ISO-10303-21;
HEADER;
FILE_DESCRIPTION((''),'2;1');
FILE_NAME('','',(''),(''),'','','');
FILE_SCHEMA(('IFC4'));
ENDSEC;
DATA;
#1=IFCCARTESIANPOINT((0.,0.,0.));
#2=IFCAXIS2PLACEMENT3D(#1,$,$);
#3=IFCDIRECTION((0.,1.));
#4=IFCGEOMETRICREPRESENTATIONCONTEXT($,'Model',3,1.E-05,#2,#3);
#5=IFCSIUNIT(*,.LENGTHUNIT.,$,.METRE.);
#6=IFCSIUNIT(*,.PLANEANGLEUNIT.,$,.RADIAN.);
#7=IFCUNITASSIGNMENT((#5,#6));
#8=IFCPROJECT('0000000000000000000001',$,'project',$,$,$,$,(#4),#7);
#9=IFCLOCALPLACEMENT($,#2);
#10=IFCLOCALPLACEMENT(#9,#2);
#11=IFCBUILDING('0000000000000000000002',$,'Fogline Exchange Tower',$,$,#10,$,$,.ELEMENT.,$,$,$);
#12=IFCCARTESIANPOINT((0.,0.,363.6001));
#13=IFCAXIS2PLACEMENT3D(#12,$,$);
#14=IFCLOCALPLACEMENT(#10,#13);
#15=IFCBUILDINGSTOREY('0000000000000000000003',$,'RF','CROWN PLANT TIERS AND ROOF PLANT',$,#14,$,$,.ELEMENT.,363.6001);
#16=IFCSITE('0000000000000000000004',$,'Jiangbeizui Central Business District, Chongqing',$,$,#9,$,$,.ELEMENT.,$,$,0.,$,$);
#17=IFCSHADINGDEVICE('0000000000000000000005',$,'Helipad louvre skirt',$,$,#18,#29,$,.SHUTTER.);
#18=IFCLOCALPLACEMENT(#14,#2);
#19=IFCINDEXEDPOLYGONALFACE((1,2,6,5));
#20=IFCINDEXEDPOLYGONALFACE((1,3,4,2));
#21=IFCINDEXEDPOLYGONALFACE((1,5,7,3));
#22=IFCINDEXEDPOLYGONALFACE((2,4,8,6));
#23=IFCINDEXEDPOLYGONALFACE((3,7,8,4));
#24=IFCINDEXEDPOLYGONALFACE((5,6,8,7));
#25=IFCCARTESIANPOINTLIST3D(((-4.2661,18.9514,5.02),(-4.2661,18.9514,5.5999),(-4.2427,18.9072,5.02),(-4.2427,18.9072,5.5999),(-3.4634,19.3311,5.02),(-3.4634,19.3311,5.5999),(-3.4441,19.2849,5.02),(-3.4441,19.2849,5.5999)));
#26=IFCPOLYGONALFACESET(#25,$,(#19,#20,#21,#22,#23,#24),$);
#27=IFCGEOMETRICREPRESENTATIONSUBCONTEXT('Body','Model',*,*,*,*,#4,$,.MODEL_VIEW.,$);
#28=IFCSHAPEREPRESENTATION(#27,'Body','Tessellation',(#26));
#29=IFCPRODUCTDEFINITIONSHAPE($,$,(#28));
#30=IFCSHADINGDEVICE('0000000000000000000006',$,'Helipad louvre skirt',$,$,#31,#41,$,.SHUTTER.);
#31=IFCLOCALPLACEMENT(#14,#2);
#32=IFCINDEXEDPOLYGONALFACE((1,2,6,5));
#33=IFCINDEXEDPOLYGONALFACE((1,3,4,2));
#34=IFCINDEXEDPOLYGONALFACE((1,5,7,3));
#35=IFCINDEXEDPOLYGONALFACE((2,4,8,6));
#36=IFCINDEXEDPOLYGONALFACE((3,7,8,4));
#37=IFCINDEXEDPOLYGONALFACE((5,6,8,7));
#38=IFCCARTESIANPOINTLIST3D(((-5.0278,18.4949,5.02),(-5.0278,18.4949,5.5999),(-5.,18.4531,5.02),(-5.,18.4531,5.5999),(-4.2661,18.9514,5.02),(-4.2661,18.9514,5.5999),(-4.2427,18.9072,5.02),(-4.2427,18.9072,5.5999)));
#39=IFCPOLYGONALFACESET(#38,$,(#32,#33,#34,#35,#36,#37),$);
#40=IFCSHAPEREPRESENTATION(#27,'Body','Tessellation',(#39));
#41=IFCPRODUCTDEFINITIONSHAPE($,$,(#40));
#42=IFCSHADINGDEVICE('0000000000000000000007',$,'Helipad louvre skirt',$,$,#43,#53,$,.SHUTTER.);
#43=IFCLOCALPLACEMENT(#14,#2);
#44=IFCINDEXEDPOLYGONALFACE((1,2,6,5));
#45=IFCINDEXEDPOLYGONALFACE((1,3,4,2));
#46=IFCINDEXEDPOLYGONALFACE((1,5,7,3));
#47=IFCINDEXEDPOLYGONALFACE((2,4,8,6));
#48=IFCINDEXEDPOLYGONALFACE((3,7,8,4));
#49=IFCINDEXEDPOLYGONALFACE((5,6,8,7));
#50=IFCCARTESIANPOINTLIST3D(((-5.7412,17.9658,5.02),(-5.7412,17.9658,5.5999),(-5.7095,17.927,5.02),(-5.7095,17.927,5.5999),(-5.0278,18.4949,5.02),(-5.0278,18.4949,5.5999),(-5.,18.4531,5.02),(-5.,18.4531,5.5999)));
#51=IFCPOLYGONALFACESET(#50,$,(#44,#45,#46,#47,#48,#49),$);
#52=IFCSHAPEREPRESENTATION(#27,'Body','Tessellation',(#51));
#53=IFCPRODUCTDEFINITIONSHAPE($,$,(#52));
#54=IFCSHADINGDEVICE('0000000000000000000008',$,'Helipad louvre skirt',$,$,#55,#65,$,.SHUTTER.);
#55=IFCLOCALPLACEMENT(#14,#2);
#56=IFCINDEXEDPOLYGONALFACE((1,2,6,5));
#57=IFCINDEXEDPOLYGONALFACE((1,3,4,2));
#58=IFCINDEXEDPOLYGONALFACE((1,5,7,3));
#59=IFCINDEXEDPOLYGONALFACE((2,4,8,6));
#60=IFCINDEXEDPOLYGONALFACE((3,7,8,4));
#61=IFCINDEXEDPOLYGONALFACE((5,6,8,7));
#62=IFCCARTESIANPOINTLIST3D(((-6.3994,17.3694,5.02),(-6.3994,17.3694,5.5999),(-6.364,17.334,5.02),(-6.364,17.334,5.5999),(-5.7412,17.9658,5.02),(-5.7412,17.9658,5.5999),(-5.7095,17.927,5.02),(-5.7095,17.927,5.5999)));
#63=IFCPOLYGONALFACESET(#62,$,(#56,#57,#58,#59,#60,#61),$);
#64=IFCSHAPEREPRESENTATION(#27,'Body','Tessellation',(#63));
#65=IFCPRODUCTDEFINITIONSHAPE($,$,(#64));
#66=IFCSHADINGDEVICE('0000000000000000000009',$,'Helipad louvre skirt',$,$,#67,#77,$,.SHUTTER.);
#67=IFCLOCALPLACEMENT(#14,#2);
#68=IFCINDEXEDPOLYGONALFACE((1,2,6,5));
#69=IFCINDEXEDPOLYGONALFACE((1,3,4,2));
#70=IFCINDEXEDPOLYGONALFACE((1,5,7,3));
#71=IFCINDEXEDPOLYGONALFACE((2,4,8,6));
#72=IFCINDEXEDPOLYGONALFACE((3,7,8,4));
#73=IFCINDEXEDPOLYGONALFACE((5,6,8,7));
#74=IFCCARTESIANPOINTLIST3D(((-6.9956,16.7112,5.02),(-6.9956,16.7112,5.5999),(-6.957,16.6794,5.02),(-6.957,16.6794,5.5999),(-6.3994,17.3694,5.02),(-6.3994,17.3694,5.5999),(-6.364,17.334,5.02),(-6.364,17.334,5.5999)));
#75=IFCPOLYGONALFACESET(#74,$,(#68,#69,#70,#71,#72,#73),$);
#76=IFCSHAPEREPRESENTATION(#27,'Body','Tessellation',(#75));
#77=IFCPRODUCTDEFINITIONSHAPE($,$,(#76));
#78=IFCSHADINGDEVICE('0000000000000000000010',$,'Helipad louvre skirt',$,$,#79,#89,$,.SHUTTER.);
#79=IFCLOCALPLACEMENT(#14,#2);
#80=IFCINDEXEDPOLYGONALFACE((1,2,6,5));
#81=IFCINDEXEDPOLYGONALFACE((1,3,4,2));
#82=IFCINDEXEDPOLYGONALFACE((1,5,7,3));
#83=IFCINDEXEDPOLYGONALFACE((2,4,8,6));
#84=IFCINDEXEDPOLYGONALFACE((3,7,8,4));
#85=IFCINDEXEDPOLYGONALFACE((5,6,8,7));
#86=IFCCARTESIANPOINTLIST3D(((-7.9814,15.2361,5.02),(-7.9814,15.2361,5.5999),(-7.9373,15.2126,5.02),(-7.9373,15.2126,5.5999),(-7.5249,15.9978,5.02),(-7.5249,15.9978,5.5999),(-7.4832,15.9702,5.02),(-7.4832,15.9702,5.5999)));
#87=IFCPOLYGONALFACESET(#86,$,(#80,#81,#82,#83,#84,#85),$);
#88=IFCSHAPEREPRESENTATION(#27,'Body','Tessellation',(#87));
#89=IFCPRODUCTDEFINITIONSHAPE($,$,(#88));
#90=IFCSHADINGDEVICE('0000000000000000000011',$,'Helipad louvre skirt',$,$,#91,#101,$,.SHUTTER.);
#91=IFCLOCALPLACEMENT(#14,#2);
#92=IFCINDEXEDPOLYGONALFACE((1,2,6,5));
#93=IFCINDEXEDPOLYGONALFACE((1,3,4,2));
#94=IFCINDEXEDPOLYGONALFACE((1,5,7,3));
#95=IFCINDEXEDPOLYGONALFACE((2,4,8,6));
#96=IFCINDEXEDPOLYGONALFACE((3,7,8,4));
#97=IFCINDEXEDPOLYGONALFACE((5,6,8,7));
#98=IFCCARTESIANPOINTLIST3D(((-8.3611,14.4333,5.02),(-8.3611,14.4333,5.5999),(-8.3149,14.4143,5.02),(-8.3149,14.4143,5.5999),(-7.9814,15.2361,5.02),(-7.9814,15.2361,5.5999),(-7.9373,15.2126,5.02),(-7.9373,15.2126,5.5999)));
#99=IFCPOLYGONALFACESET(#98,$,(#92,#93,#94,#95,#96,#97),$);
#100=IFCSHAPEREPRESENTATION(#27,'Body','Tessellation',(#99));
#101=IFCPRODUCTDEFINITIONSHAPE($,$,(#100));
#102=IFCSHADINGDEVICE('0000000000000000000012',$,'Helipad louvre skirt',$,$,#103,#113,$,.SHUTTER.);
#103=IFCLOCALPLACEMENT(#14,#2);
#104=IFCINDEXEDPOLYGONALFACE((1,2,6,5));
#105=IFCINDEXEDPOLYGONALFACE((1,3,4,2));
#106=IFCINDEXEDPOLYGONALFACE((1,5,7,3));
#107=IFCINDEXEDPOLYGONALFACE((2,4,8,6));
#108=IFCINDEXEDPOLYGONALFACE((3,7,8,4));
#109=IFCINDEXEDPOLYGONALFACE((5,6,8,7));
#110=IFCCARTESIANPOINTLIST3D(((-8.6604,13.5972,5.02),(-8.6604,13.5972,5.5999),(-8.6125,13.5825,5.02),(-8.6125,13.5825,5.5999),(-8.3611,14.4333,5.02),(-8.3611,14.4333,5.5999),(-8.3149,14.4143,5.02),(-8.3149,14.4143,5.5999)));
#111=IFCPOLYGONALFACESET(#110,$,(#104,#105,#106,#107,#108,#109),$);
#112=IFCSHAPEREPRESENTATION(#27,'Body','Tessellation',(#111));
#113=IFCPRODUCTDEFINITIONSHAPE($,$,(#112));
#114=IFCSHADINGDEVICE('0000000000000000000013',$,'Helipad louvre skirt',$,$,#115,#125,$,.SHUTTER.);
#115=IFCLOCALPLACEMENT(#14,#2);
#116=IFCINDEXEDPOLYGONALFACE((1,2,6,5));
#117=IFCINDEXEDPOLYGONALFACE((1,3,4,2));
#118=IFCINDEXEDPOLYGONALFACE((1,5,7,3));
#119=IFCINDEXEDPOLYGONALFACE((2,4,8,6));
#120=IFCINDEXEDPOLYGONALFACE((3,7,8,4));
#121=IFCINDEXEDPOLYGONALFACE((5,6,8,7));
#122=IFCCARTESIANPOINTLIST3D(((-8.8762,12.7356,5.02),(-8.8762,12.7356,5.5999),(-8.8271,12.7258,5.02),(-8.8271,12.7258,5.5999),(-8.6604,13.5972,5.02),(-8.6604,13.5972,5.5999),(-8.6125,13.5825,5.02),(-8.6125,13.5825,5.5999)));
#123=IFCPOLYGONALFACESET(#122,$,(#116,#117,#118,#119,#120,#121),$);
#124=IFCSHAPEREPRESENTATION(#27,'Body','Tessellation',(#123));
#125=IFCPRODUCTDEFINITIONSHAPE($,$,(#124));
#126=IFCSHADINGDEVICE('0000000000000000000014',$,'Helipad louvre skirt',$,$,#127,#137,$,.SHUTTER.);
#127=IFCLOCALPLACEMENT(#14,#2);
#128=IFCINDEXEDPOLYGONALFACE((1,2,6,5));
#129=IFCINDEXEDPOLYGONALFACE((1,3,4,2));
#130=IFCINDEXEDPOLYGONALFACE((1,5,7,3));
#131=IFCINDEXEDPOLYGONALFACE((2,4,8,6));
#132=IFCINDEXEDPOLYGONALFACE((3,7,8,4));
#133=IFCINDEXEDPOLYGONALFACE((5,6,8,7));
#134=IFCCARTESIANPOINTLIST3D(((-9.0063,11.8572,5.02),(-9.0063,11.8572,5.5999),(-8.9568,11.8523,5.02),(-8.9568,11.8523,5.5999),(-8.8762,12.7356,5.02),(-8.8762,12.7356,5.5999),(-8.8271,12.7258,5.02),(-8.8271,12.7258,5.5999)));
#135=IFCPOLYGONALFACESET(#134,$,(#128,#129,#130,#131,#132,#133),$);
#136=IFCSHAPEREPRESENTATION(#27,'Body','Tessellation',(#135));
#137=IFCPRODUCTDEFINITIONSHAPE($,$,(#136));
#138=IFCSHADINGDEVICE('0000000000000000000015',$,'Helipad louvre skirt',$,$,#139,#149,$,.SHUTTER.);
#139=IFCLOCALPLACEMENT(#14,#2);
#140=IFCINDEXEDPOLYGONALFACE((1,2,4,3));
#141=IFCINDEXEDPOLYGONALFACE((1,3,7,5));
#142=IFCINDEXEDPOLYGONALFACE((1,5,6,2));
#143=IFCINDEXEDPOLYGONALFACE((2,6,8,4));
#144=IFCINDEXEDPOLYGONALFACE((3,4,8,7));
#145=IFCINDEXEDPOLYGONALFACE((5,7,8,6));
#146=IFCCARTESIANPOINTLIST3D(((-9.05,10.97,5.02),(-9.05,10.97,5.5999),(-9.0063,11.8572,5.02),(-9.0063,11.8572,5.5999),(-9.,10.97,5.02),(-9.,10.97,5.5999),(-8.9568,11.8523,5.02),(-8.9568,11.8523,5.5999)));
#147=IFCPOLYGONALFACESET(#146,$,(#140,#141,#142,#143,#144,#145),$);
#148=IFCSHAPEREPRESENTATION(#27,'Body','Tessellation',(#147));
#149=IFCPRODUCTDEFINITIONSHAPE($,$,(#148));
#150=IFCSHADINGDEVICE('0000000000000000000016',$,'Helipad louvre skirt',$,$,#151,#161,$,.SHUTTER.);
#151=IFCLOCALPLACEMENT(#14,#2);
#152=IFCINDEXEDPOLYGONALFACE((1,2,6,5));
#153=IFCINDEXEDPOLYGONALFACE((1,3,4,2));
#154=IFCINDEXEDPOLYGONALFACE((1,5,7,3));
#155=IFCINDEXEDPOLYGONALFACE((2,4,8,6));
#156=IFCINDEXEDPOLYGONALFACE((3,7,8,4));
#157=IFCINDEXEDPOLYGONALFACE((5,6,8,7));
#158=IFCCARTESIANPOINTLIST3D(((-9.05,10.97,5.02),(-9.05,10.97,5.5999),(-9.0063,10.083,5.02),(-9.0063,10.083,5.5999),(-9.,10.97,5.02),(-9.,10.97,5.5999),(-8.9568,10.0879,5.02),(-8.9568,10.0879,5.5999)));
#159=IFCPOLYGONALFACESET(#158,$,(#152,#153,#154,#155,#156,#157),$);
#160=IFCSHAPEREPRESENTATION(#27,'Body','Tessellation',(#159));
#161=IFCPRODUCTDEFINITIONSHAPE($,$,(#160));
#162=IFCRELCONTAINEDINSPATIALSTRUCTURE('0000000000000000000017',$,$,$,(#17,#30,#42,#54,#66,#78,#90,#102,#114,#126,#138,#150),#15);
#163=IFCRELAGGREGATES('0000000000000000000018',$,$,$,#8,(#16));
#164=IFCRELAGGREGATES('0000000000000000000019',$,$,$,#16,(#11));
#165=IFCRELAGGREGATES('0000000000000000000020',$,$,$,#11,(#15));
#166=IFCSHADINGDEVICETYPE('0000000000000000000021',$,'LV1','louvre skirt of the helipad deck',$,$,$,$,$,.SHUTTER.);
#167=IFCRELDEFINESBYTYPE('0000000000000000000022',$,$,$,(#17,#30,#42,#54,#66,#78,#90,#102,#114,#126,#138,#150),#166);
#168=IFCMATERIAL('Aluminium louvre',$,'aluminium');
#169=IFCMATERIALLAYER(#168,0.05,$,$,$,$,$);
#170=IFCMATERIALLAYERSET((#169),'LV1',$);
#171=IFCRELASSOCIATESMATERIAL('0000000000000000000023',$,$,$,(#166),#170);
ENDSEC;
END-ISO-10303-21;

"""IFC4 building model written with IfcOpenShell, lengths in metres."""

from ifc_helpers import new_model, si_unit, direction, frame, origin, place, context, subcontext, project, spatial, polyline, outline, extrude, material, layer, layer_set, type_object, element, save


model = new_model("IFC4")

# Units and contexts
model_context = context("Model", 3, precision=1e-05, world=origin(), true_north=direction((0.0, 1.0)))
body_context = subcontext(model_context, "Body", "Model", "MODEL_VIEW")
ifc_project = project(units=[si_unit("LENGTHUNIT", "METRE"), si_unit("PLANEANGLEUNIT", "RADIAN")], contexts=[model_context])

# Site, building, storey
site_placement = place(None, origin())
site = spatial("IfcSite", under=ifc_project, at=site_placement, Name="Jiangbeizui Central Business District, Chongqing", CompositionType="ELEMENT", RefElevation=0.0)
building_placement = place(site_placement, origin())
building = spatial("IfcBuilding", under=site, at=building_placement, Name="Fogline Exchange Tower", CompositionType="ELEMENT")
storey_placement = place(building_placement, frame((0.0, 0.0, 363.6001)))
storey = spatial("IfcBuildingStorey", under=building, at=storey_placement, Name="RF", Description="CROWN PLANT TIERS AND ROOF PLANT", CompositionType="ELEMENT", Elevation=363.6001)

# Shading devices
ifc_material_1 = material(Name="Aluminium louvre", Category="aluminium")
ifc_layer_1 = layer(ifc_material_1, 0.05)
ifc_layer_set_1 = layer_set([ifc_layer_1], Name="LV1")
shading_device_type = type_object("IfcShadingDeviceType", Name="LV1", Description="louvre skirt of the helipad deck", PredefinedType="SHUTTER", material=ifc_layer_set_1)
shading_device_1_placement = place(storey_placement, frame((0.0, 0.0, 5.02)))
element("IfcShadingDevice", 1, at=shading_device_1_placement, inside=storey, type_object=shading_device_type, Name="Helipad louvre skirt", PredefinedType="SHUTTER", context=body_context, shape_type="SweptSolid", body=[
    extrude(outline(polyline([(-3.4441, 19.2849), (-3.4634, 19.3311), (-4.2661, 18.9514), (-4.2427, 18.9072), (-3.4441, 19.2849)])), origin(), (0.0, 0.0, 1.0), 0.5798),
])
shading_device_2_placement = place(storey_placement, frame((0.0, 0.0, 5.02)))
element("IfcShadingDevice", 2, at=shading_device_2_placement, inside=storey, type_object=shading_device_type, Name="Helipad louvre skirt", PredefinedType="SHUTTER", context=body_context, shape_type="SweptSolid", body=[
    extrude(outline(polyline([(-4.2427, 18.9072), (-4.2661, 18.9514), (-5.0278, 18.4949), (-5.0, 18.4531), (-4.2427, 18.9072)])), origin(), (0.0, 0.0, 1.0), 0.5798),
])
shading_device_3_placement = place(storey_placement, frame((0.0, 0.0, 5.02)))
element("IfcShadingDevice", 3, at=shading_device_3_placement, inside=storey, type_object=shading_device_type, Name="Helipad louvre skirt", PredefinedType="SHUTTER", context=body_context, shape_type="SweptSolid", body=[
    extrude(outline(polyline([(-5.0, 18.4531), (-5.0278, 18.4949), (-5.7412, 17.9658), (-5.7095, 17.927), (-5.0, 18.4531)])), origin(), (0.0, 0.0, 1.0), 0.5798),
])
shading_device_4_placement = place(storey_placement, frame((0.0, 0.0, 5.02)))
element("IfcShadingDevice", 4, at=shading_device_4_placement, inside=storey, type_object=shading_device_type, Name="Helipad louvre skirt", PredefinedType="SHUTTER", context=body_context, shape_type="SweptSolid", body=[
    extrude(outline(polyline([(-5.7095, 17.927), (-5.7412, 17.9658), (-6.3994, 17.3694), (-6.364, 17.334), (-5.7095, 17.927)])), origin(), (0.0, 0.0, 1.0), 0.5798),
])
shading_device_5_placement = place(storey_placement, frame((0.0, 0.0, 5.02)))
element("IfcShadingDevice", 5, at=shading_device_5_placement, inside=storey, type_object=shading_device_type, Name="Helipad louvre skirt", PredefinedType="SHUTTER", context=body_context, shape_type="SweptSolid", body=[
    extrude(outline(polyline([(-6.364, 17.334), (-6.3994, 17.3694), (-6.9956, 16.7112), (-6.957, 16.6794), (-6.364, 17.334)])), origin(), (0.0, 0.0, 1.0), 0.5798),
])
shading_device_6_placement = place(storey_placement, frame((0.0, 0.0, 5.02)))
element("IfcShadingDevice", 6, at=shading_device_6_placement, inside=storey, type_object=shading_device_type, Name="Helipad louvre skirt", PredefinedType="SHUTTER", context=body_context, shape_type="SweptSolid", body=[
    extrude(outline(polyline([(-7.4832, 15.9702), (-7.5249, 15.9978), (-7.9814, 15.2361), (-7.9373, 15.2126), (-7.4832, 15.9702)])), origin(), (0.0, 0.0, 1.0), 0.5798),
])
shading_device_7_placement = place(storey_placement, frame((0.0, 0.0, 5.02)))
element("IfcShadingDevice", 7, at=shading_device_7_placement, inside=storey, type_object=shading_device_type, Name="Helipad louvre skirt", PredefinedType="SHUTTER", context=body_context, shape_type="SweptSolid", body=[
    extrude(outline(polyline([(-7.9373, 15.2126), (-7.9814, 15.2361), (-8.3611, 14.4333), (-8.3149, 14.4143), (-7.9373, 15.2126)])), origin(), (0.0, 0.0, 1.0), 0.5798),
])
shading_device_8_placement = place(storey_placement, frame((0.0, 0.0, 5.02)))
element("IfcShadingDevice", 8, at=shading_device_8_placement, inside=storey, type_object=shading_device_type, Name="Helipad louvre skirt", PredefinedType="SHUTTER", context=body_context, shape_type="SweptSolid", body=[
    extrude(outline(polyline([(-8.3149, 14.4143), (-8.3611, 14.4333), (-8.6604, 13.5972), (-8.6125, 13.5825), (-8.3149, 14.4143)])), origin(), (0.0, 0.0, 1.0), 0.5798),
])
shading_device_9_placement = place(storey_placement, frame((0.0, 0.0, 5.02)))
element("IfcShadingDevice", 9, at=shading_device_9_placement, inside=storey, type_object=shading_device_type, Name="Helipad louvre skirt", PredefinedType="SHUTTER", context=body_context, shape_type="SweptSolid", body=[
    extrude(outline(polyline([(-8.6125, 13.5825), (-8.6604, 13.5972), (-8.8762, 12.7356), (-8.8271, 12.7258), (-8.6125, 13.5825)])), origin(), (0.0, 0.0, 1.0), 0.5798),
])
shading_device_10_placement = place(storey_placement, frame((0.0, 0.0, 5.02)))
element("IfcShadingDevice", 10, at=shading_device_10_placement, inside=storey, type_object=shading_device_type, Name="Helipad louvre skirt", PredefinedType="SHUTTER", context=body_context, shape_type="SweptSolid", body=[
    extrude(outline(polyline([(-8.8271, 12.7258), (-8.8762, 12.7356), (-9.0063, 11.8572), (-8.9568, 11.8523), (-8.8271, 12.7258)])), origin(), (0.0, 0.0, 1.0), 0.5798),
])
shading_device_11_placement = place(storey_placement, frame((0.0, 0.0, 5.02)))
element("IfcShadingDevice", 11, at=shading_device_11_placement, inside=storey, type_object=shading_device_type, Name="Helipad louvre skirt", PredefinedType="SHUTTER", context=body_context, shape_type="SweptSolid", body=[
    extrude(outline(polyline([(-8.9568, 11.8523), (-9.0063, 11.8572), (-9.05, 10.97), (-9.0, 10.97), (-8.9568, 11.8523)])), origin(), (0.0, 0.0, 1.0), 0.5798),
])
shading_device_12_placement = place(storey_placement, frame((0.0, 0.0, 5.02)))
element("IfcShadingDevice", 12, at=shading_device_12_placement, inside=storey, type_object=shading_device_type, Name="Helipad louvre skirt", PredefinedType="SHUTTER", context=body_context, shape_type="SweptSolid", body=[
    extrude(outline(polyline([(-9.0, 10.97), (-9.05, 10.97), (-9.0063, 10.083), (-8.9568, 10.0879), (-9.0, 10.97)])), origin(), (0.0, 0.0, 1.0), 0.5798),
])

save(model, "model.ifc")
